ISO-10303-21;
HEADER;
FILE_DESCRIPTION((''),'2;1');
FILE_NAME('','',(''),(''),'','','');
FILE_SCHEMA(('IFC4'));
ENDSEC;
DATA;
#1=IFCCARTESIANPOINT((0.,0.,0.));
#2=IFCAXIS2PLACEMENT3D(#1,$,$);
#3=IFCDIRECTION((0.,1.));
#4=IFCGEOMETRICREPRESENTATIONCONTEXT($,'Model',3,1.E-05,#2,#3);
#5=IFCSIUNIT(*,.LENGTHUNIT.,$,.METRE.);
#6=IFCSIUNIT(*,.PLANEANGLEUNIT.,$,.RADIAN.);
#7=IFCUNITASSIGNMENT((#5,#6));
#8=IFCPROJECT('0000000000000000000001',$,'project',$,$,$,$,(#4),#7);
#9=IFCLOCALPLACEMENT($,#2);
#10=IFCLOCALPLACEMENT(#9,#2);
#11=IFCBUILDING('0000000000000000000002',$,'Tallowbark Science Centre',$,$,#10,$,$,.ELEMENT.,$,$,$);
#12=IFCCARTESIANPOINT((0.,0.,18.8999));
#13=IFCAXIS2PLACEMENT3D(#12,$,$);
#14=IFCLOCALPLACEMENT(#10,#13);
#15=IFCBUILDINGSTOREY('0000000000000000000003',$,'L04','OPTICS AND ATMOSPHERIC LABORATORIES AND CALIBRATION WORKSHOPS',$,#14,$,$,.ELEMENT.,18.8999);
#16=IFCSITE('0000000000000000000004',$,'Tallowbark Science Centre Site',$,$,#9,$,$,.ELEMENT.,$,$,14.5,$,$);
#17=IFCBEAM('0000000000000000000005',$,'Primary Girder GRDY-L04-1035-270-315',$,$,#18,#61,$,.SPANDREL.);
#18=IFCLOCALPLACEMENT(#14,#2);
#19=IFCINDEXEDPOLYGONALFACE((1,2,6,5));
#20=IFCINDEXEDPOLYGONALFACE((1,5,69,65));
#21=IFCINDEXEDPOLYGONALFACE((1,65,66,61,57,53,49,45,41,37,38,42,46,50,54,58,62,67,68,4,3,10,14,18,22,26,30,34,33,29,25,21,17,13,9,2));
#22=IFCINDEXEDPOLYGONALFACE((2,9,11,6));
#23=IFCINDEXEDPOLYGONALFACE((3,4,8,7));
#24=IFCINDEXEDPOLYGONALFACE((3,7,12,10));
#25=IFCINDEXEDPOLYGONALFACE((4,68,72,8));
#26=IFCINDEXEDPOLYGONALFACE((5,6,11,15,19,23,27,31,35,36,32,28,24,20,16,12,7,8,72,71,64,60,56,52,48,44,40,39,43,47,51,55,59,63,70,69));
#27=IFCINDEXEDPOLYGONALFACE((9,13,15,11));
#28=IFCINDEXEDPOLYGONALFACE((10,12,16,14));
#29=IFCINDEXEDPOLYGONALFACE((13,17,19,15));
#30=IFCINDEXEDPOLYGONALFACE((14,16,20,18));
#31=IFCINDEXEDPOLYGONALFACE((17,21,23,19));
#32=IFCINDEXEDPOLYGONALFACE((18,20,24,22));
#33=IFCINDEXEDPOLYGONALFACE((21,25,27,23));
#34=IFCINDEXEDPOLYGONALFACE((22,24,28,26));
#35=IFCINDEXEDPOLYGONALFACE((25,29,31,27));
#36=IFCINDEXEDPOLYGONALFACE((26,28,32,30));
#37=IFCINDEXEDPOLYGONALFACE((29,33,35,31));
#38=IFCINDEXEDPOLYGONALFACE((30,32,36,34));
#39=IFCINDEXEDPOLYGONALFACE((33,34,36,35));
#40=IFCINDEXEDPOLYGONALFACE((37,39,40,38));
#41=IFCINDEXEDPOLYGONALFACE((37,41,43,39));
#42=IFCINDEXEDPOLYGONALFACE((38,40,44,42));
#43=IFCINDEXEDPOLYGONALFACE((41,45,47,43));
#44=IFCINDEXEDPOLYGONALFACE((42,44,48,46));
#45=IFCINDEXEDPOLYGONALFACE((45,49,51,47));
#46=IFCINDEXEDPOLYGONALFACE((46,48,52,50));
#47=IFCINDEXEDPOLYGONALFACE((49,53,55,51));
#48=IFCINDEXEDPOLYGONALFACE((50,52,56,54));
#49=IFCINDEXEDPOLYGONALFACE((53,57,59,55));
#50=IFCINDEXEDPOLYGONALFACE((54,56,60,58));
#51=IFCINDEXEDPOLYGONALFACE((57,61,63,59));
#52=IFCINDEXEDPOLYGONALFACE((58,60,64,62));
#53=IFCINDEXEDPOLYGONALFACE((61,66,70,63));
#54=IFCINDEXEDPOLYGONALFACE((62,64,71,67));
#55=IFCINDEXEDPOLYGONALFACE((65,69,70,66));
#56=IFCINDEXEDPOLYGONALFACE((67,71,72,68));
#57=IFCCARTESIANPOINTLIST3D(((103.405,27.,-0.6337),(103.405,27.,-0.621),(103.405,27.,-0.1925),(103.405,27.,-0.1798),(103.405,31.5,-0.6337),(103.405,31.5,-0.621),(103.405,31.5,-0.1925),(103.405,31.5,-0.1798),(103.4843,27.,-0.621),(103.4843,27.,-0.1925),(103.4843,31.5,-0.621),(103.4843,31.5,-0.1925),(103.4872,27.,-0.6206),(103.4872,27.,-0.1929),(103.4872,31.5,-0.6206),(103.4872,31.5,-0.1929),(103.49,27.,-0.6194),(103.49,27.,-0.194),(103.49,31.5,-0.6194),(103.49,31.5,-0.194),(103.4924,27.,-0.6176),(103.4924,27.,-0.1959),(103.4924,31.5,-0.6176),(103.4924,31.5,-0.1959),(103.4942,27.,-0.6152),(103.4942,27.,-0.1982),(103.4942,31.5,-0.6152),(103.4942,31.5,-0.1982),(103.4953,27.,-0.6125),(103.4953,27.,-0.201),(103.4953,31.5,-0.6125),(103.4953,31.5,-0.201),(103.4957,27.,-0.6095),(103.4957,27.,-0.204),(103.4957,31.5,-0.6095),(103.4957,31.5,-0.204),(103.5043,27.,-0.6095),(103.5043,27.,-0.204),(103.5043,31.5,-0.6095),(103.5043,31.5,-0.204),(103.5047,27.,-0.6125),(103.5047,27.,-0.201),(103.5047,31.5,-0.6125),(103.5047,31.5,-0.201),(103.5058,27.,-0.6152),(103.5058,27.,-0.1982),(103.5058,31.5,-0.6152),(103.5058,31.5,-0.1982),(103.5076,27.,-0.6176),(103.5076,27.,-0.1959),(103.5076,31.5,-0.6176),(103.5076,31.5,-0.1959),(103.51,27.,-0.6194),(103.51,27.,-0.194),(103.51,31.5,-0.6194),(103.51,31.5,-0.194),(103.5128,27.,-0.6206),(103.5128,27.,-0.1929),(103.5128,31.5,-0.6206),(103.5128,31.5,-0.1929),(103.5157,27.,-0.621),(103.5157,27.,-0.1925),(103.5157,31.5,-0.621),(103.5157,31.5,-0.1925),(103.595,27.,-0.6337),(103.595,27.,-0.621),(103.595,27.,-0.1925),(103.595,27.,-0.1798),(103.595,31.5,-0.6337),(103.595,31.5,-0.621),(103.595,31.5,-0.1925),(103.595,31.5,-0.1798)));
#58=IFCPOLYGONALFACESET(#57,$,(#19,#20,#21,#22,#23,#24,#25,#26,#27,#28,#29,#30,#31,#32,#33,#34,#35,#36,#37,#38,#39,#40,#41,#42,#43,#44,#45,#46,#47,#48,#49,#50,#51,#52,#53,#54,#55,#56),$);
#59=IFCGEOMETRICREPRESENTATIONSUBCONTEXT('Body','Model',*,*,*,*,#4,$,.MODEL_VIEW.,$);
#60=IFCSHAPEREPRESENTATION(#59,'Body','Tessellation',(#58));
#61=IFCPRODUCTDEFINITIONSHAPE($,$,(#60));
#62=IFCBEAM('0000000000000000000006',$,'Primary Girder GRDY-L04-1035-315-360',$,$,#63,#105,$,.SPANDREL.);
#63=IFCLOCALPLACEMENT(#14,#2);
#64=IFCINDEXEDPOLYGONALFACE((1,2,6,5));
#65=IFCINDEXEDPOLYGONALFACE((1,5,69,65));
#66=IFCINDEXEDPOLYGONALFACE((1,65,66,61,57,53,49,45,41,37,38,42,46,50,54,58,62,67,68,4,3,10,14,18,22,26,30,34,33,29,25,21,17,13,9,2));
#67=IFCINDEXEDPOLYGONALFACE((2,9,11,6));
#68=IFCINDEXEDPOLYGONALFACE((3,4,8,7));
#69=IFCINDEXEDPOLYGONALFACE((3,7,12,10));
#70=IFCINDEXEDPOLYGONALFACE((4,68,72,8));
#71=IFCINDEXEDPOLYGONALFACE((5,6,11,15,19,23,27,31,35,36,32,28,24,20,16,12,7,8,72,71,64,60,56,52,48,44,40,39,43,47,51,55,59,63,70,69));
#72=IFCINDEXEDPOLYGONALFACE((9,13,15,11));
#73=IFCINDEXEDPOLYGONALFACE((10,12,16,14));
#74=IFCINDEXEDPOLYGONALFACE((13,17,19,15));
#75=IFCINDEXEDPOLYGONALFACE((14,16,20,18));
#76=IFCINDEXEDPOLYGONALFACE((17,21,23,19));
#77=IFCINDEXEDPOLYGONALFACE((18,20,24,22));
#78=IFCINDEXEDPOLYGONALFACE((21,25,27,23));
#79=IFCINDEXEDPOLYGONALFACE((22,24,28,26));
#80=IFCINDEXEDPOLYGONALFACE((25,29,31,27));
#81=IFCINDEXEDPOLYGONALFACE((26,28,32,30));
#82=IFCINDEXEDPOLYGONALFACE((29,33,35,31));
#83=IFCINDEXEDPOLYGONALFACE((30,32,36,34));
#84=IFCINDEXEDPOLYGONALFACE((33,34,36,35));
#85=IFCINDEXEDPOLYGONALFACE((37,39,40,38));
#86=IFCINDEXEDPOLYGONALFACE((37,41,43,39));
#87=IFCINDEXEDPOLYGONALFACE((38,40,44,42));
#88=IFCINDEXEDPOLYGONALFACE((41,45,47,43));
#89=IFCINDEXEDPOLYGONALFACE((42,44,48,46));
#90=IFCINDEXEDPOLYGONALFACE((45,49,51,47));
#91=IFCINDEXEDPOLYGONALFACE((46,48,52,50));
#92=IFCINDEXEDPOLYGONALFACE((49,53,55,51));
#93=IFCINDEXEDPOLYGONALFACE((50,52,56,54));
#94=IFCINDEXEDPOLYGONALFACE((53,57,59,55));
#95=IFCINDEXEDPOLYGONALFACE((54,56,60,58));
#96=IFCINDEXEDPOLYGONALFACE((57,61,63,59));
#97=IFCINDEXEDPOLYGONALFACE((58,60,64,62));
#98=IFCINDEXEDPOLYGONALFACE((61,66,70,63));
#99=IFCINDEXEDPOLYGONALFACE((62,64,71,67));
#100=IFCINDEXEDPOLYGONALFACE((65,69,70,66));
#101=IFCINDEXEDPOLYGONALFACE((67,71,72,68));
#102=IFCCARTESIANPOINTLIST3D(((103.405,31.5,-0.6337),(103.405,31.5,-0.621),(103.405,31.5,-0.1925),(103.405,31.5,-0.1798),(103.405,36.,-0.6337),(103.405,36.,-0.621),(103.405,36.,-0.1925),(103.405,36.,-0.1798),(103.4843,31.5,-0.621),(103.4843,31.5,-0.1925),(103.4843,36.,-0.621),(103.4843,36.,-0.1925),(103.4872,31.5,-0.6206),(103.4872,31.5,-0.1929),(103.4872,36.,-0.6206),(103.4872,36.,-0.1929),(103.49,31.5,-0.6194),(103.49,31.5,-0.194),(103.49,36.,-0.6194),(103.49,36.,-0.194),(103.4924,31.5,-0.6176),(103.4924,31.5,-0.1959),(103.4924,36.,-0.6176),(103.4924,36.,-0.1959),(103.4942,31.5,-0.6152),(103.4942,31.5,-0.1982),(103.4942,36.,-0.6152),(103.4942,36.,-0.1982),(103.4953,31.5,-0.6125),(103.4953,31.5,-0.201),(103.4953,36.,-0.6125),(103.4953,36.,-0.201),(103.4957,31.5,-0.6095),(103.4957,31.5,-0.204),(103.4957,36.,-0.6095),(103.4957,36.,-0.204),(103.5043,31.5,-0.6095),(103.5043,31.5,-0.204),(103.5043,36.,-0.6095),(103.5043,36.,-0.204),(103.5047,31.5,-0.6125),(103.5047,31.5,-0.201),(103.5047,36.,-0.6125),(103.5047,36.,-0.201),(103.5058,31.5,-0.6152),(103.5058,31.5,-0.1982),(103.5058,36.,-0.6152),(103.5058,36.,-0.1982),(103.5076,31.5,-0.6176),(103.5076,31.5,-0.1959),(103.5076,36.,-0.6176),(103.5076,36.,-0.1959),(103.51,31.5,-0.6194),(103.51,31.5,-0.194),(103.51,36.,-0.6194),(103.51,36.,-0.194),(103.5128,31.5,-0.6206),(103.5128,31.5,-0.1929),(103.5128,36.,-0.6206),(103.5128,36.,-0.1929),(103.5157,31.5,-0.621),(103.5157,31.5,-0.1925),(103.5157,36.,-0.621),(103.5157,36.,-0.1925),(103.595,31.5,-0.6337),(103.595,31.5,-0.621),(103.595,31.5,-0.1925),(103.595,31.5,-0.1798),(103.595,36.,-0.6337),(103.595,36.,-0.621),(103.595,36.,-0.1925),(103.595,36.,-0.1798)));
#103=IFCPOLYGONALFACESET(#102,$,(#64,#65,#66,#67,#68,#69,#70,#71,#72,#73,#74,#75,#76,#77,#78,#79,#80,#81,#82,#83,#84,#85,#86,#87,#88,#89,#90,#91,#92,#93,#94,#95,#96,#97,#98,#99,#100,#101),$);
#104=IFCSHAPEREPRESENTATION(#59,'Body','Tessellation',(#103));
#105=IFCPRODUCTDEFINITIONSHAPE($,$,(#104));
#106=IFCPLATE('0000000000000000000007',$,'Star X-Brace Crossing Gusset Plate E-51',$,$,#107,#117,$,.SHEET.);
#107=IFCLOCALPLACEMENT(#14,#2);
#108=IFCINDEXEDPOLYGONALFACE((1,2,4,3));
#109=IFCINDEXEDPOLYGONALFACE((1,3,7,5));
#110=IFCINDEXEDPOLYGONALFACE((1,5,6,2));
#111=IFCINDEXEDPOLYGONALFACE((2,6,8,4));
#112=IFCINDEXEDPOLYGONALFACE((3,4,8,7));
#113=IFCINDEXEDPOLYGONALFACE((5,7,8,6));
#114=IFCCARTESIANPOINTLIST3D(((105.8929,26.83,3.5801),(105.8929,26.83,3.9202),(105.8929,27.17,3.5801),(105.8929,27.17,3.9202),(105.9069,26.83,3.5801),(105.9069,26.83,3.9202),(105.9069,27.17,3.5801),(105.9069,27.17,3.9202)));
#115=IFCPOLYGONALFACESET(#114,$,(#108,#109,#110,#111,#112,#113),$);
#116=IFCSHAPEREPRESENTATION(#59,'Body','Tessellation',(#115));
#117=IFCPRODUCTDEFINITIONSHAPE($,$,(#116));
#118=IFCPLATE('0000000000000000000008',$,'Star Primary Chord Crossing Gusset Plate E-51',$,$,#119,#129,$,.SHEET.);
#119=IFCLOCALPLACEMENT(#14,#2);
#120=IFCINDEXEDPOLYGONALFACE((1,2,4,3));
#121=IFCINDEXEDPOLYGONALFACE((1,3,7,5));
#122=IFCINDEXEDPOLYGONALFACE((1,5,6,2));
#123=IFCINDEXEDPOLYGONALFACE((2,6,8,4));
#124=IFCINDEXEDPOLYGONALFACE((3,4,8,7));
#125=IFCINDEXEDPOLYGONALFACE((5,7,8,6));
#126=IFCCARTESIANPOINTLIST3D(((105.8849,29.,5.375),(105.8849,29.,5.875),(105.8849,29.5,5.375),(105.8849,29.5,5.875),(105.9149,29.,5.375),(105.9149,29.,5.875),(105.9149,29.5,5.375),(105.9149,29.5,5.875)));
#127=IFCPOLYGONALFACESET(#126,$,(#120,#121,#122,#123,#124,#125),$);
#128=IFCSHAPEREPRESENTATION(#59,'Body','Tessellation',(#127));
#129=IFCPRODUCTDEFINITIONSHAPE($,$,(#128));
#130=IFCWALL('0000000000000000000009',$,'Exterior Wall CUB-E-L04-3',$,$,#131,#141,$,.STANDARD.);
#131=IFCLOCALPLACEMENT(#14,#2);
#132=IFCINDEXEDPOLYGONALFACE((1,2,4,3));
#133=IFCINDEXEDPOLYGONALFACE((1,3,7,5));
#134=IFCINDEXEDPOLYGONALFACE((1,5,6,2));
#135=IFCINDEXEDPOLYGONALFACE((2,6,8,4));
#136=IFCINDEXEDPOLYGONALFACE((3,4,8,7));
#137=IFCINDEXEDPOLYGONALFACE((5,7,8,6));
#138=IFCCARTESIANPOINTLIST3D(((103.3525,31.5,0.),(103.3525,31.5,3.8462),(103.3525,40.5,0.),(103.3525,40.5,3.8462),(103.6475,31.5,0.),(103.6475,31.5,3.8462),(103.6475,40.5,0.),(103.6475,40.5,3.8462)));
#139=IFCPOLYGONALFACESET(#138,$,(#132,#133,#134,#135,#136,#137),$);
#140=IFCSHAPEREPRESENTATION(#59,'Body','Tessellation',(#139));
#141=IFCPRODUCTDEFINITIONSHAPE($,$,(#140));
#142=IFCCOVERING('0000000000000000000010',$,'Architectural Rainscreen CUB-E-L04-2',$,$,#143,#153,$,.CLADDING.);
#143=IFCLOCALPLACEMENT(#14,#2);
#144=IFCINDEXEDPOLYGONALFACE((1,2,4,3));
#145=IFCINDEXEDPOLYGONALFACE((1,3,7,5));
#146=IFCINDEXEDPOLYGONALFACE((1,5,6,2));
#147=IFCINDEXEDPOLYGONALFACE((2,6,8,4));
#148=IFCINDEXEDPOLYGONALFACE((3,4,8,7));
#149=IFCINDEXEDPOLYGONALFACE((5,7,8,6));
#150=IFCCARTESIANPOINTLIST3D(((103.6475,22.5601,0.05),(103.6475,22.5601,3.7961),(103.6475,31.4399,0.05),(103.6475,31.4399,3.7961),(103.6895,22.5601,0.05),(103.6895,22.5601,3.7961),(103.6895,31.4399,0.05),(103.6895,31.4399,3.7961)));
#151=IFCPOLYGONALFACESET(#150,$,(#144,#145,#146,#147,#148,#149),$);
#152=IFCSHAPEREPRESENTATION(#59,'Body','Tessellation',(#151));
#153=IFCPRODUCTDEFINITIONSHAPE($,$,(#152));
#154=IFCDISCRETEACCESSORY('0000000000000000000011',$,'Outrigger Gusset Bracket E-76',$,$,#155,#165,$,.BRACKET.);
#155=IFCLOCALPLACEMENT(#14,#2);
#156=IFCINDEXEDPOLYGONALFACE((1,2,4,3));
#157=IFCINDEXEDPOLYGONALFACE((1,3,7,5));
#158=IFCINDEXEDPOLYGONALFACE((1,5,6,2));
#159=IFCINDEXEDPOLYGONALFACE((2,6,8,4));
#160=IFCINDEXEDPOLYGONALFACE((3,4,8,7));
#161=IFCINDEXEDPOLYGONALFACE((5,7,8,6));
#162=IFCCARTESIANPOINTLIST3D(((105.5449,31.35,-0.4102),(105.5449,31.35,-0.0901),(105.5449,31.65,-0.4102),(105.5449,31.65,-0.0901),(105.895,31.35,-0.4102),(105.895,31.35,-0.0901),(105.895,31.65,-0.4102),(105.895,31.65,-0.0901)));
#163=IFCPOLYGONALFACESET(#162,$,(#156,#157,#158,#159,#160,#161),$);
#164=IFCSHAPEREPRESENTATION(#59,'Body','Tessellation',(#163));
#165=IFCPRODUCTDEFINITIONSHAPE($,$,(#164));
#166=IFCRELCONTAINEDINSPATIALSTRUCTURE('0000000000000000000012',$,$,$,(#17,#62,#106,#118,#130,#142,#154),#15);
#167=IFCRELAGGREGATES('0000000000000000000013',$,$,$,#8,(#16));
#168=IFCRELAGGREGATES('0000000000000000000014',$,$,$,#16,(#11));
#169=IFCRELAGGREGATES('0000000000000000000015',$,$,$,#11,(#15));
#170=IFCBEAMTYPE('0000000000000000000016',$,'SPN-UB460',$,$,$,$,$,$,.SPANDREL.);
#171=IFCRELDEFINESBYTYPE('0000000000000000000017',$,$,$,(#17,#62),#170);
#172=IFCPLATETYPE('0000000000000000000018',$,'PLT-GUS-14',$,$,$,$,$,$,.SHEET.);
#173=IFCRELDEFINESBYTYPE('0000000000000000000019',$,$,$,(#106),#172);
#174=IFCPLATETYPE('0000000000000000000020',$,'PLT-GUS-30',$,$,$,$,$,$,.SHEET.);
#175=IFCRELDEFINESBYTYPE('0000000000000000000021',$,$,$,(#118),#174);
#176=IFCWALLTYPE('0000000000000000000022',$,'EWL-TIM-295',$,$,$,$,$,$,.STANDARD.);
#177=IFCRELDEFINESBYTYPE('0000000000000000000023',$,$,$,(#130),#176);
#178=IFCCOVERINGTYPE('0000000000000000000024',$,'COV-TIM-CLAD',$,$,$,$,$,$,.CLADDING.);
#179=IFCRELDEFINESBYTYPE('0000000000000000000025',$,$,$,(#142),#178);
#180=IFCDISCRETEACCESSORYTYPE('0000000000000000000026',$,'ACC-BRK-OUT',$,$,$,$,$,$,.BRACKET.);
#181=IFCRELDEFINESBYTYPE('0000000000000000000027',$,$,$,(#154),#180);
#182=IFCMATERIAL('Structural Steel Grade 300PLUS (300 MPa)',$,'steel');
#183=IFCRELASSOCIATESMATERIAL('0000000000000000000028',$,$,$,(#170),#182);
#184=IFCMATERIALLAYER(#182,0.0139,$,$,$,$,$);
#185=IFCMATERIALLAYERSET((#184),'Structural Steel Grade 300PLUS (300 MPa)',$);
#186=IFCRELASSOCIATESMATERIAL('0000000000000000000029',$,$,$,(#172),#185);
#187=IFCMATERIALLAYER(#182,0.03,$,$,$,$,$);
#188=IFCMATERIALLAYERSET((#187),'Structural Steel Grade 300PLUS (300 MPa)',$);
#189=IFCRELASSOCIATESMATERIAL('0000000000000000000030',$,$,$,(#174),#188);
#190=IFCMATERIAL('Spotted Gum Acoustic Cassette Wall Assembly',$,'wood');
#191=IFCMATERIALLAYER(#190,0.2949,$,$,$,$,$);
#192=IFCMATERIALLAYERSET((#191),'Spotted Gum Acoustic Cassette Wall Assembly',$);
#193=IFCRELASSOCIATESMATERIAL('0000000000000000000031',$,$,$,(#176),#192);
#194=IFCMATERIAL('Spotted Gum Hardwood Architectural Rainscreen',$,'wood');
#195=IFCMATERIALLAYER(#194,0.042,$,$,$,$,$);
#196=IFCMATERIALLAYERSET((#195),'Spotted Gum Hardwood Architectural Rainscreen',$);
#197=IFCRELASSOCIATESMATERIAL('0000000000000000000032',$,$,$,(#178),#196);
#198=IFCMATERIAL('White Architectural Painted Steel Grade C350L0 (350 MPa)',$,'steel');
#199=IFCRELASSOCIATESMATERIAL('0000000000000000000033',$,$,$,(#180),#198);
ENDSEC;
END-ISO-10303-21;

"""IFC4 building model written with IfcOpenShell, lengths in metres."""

from ifc_helpers import new_model, si_unit, direction, frame, frame_2d, origin, origin_2d, place, context, subcontext, project, spatial, rectangle, i_section, extrude, material, layer, layer_set, material_profile, profile_set, type_object, element, save


model = new_model("IFC4")

# Units and contexts
model_context = context("Model", 3, precision=1e-05, world=origin(), true_north=direction((0.0, 1.0)))
body_context = subcontext(model_context, "Body", "Model", "MODEL_VIEW")
ifc_project = project(units=[si_unit("LENGTHUNIT", "METRE"), si_unit("PLANEANGLEUNIT", "RADIAN")], contexts=[model_context])

# Site, building, storey
site_placement = place(None, origin())
site = spatial("IfcSite", under=ifc_project, at=site_placement, Name="Tallowbark Science Centre Site", CompositionType="ELEMENT", RefElevation=14.5)
building_placement = place(site_placement, origin())
building = spatial("IfcBuilding", under=site, at=building_placement, Name="Tallowbark Science Centre", CompositionType="ELEMENT")
storey_placement = place(building_placement, frame((0.0, 0.0, 18.8999)))
storey = spatial("IfcBuildingStorey", under=building, at=storey_placement, Name="L04", Description="OPTICS AND ATMOSPHERIC LABORATORIES AND CALIBRATION WORKSHOPS", CompositionType="ELEMENT", Elevation=18.8999)

# Shared definitions
ifc_material_1 = material(Name="White Architectural Painted Steel Grade C350L0 (350 MPa)", Category="steel")
ifc_material_2 = material(Name="Structural Steel Grade 300PLUS (300 MPa)", Category="steel")

# Beams
ifc_material_profile_1 = material_profile(ifc_material_2, i_section(OverallWidth=0.1899, OverallDepth=0.4539, WebThickness=0.0085, FlangeThickness=0.0127, FilletRadius=0.0115, at=origin_2d()), Name="460UB67.1")
ifc_profile_set_1 = profile_set([ifc_material_profile_1], Name="Structural Steel Grade 300PLUS (300 MPa)")
beam_type_1 = type_object("IfcBeamType", Name="SPN-UB460", PredefinedType="SPANDREL", material=ifc_profile_set_1)
for number, where, z_axis, x_axis, name in (
    (1, (103.5, 27.0, -0.4067), (0.0, 1.0, 0.0), (-1.0, 0.0, 0.0), "Primary Girder GRDY-L04-1035-270-315"),
    (2, (103.5, 31.5, -0.4067), (0.0, 1.0, 0.0), (-1.0, 0.0, 0.0), "Primary Girder GRDY-L04-1035-315-360"),
):
    element("IfcBeam", number, at=place(storey_placement, frame(where, z_axis=z_axis, x_axis=x_axis)), inside=storey, type_object=beam_type_1, Name=name, PredefinedType="SPANDREL", context=body_context, shape_type="SweptSolid", body=[
        extrude(i_section(OverallWidth=0.1899, OverallDepth=0.4539, WebThickness=0.0085, FlangeThickness=0.0127, FilletRadius=0.0115, at=origin_2d()), origin(), (0.0, 0.0, 1.0), 4.5),
    ])

# Plates
ifc_layer_1 = layer(ifc_material_2, 0.0139)
ifc_layer_set_1 = layer_set([ifc_layer_1], Name="Structural Steel Grade 300PLUS (300 MPa)")
plate_type_1 = type_object("IfcPlateType", Name="PLT-GUS-14", PredefinedType="SHEET", material=ifc_layer_set_1)
plate_1_placement = place(storey_placement, frame((105.8999, 27.0, 3.5801), z_axis=(0.0, 0.0, 1.0), x_axis=(0.0, 1.0, 0.0)))
element("IfcPlate", 3, at=plate_1_placement, inside=storey, type_object=plate_type_1, Name="Star X-Brace Crossing Gusset Plate E-51", PredefinedType="SHEET", context=body_context, shape_type="SweptSolid", body=[
    extrude(rectangle(XDim=0.3401, YDim=0.0139, at=origin_2d()), origin(), (0.0, 0.0, 1.0), 0.3401),
])
ifc_layer_2 = layer(ifc_material_2, 0.03)
ifc_layer_set_2 = layer_set([ifc_layer_2], Name="Structural Steel Grade 300PLUS (300 MPa)")
plate_type_2 = type_object("IfcPlateType", Name="PLT-GUS-30", PredefinedType="SHEET", material=ifc_layer_set_2)
plate_2_placement = place(storey_placement, frame((105.8999, 29.25, 5.375), z_axis=(0.0, 0.0, 1.0), x_axis=(0.0, 1.0, 0.0)))
element("IfcPlate", 4, at=plate_2_placement, inside=storey, type_object=plate_type_2, Name="Star Primary Chord Crossing Gusset Plate E-51", PredefinedType="SHEET", context=body_context, shape_type="SweptSolid", body=[
    extrude(rectangle(XDim=0.5, YDim=0.03, at=origin_2d()), origin(), (0.0, 0.0, 1.0), 0.5),
])

# Wall
ifc_material_3 = material(Name="Spotted Gum Acoustic Cassette Wall Assembly", Category="wood")
ifc_layer_3 = layer(ifc_material_3, 0.2949)
ifc_layer_set_3 = layer_set([ifc_layer_3], Name="Spotted Gum Acoustic Cassette Wall Assembly")
wall_type = type_object("IfcWallType", Name="EWL-TIM-295", PredefinedType="STANDARD", material=ifc_layer_set_3)
wall_placement = place(storey_placement, frame((103.5, 31.5, 0.0), z_axis=(0.0, 0.0, 1.0), x_axis=(0.0, 1.0, 0.0)))
element("IfcWall", 5, at=wall_placement, inside=storey, type_object=wall_type, Name="Exterior Wall CUB-E-L04-3", PredefinedType="STANDARD", context=body_context, shape_type="SweptSolid", body=[
    extrude(rectangle(XDim=9.0, YDim=0.2949, at=frame_2d((4.5, 0.0))), origin(), (0.0, 0.0, 1.0), 3.8462),
])

# Covering
ifc_material_4 = material(Name="Spotted Gum Hardwood Architectural Rainscreen", Category="wood")
ifc_layer_4 = layer(ifc_material_4, 0.042)
ifc_layer_set_4 = layer_set([ifc_layer_4], Name="Spotted Gum Hardwood Architectural Rainscreen")
covering_type = type_object("IfcCoveringType", Name="COV-TIM-CLAD", PredefinedType="CLADDING", material=ifc_layer_set_4)
covering_placement = place(storey_placement, frame((103.6685, 27.0, 0.05), z_axis=(0.0, 0.0, 1.0), x_axis=(0.0, 1.0, 0.0)))
element("IfcCovering", 6, at=covering_placement, inside=storey, type_object=covering_type, Name="Architectural Rainscreen CUB-E-L04-2", PredefinedType="CLADDING", context=body_context, shape_type="SweptSolid", body=[
    extrude(rectangle(XDim=8.8799, YDim=0.042, at=origin_2d()), origin(), (0.0, 0.0, 1.0), 3.7461),
])

# Discrete accessory
discrete_accessory_type = type_object("IfcDiscreteAccessoryType", Name="ACC-BRK-OUT", PredefinedType="BRACKET", material=ifc_material_1)
discrete_accessory_placement = place(storey_placement, frame((105.72, 31.5, -0.4102), z_axis=(0.0, 0.0, 1.0), x_axis=(1.0, 0.0, 0.0)))
element("IfcDiscreteAccessory", 7, at=discrete_accessory_placement, inside=storey, type_object=discrete_accessory_type, Name="Outrigger Gusset Bracket E-76", PredefinedType="BRACKET", context=body_context, shape_type="SweptSolid", body=[
    extrude(rectangle(XDim=0.3501, YDim=0.3, at=origin_2d()), origin(), (0.0, 0.0, 1.0), 0.3201),
])

save(model, "model.ifc")
